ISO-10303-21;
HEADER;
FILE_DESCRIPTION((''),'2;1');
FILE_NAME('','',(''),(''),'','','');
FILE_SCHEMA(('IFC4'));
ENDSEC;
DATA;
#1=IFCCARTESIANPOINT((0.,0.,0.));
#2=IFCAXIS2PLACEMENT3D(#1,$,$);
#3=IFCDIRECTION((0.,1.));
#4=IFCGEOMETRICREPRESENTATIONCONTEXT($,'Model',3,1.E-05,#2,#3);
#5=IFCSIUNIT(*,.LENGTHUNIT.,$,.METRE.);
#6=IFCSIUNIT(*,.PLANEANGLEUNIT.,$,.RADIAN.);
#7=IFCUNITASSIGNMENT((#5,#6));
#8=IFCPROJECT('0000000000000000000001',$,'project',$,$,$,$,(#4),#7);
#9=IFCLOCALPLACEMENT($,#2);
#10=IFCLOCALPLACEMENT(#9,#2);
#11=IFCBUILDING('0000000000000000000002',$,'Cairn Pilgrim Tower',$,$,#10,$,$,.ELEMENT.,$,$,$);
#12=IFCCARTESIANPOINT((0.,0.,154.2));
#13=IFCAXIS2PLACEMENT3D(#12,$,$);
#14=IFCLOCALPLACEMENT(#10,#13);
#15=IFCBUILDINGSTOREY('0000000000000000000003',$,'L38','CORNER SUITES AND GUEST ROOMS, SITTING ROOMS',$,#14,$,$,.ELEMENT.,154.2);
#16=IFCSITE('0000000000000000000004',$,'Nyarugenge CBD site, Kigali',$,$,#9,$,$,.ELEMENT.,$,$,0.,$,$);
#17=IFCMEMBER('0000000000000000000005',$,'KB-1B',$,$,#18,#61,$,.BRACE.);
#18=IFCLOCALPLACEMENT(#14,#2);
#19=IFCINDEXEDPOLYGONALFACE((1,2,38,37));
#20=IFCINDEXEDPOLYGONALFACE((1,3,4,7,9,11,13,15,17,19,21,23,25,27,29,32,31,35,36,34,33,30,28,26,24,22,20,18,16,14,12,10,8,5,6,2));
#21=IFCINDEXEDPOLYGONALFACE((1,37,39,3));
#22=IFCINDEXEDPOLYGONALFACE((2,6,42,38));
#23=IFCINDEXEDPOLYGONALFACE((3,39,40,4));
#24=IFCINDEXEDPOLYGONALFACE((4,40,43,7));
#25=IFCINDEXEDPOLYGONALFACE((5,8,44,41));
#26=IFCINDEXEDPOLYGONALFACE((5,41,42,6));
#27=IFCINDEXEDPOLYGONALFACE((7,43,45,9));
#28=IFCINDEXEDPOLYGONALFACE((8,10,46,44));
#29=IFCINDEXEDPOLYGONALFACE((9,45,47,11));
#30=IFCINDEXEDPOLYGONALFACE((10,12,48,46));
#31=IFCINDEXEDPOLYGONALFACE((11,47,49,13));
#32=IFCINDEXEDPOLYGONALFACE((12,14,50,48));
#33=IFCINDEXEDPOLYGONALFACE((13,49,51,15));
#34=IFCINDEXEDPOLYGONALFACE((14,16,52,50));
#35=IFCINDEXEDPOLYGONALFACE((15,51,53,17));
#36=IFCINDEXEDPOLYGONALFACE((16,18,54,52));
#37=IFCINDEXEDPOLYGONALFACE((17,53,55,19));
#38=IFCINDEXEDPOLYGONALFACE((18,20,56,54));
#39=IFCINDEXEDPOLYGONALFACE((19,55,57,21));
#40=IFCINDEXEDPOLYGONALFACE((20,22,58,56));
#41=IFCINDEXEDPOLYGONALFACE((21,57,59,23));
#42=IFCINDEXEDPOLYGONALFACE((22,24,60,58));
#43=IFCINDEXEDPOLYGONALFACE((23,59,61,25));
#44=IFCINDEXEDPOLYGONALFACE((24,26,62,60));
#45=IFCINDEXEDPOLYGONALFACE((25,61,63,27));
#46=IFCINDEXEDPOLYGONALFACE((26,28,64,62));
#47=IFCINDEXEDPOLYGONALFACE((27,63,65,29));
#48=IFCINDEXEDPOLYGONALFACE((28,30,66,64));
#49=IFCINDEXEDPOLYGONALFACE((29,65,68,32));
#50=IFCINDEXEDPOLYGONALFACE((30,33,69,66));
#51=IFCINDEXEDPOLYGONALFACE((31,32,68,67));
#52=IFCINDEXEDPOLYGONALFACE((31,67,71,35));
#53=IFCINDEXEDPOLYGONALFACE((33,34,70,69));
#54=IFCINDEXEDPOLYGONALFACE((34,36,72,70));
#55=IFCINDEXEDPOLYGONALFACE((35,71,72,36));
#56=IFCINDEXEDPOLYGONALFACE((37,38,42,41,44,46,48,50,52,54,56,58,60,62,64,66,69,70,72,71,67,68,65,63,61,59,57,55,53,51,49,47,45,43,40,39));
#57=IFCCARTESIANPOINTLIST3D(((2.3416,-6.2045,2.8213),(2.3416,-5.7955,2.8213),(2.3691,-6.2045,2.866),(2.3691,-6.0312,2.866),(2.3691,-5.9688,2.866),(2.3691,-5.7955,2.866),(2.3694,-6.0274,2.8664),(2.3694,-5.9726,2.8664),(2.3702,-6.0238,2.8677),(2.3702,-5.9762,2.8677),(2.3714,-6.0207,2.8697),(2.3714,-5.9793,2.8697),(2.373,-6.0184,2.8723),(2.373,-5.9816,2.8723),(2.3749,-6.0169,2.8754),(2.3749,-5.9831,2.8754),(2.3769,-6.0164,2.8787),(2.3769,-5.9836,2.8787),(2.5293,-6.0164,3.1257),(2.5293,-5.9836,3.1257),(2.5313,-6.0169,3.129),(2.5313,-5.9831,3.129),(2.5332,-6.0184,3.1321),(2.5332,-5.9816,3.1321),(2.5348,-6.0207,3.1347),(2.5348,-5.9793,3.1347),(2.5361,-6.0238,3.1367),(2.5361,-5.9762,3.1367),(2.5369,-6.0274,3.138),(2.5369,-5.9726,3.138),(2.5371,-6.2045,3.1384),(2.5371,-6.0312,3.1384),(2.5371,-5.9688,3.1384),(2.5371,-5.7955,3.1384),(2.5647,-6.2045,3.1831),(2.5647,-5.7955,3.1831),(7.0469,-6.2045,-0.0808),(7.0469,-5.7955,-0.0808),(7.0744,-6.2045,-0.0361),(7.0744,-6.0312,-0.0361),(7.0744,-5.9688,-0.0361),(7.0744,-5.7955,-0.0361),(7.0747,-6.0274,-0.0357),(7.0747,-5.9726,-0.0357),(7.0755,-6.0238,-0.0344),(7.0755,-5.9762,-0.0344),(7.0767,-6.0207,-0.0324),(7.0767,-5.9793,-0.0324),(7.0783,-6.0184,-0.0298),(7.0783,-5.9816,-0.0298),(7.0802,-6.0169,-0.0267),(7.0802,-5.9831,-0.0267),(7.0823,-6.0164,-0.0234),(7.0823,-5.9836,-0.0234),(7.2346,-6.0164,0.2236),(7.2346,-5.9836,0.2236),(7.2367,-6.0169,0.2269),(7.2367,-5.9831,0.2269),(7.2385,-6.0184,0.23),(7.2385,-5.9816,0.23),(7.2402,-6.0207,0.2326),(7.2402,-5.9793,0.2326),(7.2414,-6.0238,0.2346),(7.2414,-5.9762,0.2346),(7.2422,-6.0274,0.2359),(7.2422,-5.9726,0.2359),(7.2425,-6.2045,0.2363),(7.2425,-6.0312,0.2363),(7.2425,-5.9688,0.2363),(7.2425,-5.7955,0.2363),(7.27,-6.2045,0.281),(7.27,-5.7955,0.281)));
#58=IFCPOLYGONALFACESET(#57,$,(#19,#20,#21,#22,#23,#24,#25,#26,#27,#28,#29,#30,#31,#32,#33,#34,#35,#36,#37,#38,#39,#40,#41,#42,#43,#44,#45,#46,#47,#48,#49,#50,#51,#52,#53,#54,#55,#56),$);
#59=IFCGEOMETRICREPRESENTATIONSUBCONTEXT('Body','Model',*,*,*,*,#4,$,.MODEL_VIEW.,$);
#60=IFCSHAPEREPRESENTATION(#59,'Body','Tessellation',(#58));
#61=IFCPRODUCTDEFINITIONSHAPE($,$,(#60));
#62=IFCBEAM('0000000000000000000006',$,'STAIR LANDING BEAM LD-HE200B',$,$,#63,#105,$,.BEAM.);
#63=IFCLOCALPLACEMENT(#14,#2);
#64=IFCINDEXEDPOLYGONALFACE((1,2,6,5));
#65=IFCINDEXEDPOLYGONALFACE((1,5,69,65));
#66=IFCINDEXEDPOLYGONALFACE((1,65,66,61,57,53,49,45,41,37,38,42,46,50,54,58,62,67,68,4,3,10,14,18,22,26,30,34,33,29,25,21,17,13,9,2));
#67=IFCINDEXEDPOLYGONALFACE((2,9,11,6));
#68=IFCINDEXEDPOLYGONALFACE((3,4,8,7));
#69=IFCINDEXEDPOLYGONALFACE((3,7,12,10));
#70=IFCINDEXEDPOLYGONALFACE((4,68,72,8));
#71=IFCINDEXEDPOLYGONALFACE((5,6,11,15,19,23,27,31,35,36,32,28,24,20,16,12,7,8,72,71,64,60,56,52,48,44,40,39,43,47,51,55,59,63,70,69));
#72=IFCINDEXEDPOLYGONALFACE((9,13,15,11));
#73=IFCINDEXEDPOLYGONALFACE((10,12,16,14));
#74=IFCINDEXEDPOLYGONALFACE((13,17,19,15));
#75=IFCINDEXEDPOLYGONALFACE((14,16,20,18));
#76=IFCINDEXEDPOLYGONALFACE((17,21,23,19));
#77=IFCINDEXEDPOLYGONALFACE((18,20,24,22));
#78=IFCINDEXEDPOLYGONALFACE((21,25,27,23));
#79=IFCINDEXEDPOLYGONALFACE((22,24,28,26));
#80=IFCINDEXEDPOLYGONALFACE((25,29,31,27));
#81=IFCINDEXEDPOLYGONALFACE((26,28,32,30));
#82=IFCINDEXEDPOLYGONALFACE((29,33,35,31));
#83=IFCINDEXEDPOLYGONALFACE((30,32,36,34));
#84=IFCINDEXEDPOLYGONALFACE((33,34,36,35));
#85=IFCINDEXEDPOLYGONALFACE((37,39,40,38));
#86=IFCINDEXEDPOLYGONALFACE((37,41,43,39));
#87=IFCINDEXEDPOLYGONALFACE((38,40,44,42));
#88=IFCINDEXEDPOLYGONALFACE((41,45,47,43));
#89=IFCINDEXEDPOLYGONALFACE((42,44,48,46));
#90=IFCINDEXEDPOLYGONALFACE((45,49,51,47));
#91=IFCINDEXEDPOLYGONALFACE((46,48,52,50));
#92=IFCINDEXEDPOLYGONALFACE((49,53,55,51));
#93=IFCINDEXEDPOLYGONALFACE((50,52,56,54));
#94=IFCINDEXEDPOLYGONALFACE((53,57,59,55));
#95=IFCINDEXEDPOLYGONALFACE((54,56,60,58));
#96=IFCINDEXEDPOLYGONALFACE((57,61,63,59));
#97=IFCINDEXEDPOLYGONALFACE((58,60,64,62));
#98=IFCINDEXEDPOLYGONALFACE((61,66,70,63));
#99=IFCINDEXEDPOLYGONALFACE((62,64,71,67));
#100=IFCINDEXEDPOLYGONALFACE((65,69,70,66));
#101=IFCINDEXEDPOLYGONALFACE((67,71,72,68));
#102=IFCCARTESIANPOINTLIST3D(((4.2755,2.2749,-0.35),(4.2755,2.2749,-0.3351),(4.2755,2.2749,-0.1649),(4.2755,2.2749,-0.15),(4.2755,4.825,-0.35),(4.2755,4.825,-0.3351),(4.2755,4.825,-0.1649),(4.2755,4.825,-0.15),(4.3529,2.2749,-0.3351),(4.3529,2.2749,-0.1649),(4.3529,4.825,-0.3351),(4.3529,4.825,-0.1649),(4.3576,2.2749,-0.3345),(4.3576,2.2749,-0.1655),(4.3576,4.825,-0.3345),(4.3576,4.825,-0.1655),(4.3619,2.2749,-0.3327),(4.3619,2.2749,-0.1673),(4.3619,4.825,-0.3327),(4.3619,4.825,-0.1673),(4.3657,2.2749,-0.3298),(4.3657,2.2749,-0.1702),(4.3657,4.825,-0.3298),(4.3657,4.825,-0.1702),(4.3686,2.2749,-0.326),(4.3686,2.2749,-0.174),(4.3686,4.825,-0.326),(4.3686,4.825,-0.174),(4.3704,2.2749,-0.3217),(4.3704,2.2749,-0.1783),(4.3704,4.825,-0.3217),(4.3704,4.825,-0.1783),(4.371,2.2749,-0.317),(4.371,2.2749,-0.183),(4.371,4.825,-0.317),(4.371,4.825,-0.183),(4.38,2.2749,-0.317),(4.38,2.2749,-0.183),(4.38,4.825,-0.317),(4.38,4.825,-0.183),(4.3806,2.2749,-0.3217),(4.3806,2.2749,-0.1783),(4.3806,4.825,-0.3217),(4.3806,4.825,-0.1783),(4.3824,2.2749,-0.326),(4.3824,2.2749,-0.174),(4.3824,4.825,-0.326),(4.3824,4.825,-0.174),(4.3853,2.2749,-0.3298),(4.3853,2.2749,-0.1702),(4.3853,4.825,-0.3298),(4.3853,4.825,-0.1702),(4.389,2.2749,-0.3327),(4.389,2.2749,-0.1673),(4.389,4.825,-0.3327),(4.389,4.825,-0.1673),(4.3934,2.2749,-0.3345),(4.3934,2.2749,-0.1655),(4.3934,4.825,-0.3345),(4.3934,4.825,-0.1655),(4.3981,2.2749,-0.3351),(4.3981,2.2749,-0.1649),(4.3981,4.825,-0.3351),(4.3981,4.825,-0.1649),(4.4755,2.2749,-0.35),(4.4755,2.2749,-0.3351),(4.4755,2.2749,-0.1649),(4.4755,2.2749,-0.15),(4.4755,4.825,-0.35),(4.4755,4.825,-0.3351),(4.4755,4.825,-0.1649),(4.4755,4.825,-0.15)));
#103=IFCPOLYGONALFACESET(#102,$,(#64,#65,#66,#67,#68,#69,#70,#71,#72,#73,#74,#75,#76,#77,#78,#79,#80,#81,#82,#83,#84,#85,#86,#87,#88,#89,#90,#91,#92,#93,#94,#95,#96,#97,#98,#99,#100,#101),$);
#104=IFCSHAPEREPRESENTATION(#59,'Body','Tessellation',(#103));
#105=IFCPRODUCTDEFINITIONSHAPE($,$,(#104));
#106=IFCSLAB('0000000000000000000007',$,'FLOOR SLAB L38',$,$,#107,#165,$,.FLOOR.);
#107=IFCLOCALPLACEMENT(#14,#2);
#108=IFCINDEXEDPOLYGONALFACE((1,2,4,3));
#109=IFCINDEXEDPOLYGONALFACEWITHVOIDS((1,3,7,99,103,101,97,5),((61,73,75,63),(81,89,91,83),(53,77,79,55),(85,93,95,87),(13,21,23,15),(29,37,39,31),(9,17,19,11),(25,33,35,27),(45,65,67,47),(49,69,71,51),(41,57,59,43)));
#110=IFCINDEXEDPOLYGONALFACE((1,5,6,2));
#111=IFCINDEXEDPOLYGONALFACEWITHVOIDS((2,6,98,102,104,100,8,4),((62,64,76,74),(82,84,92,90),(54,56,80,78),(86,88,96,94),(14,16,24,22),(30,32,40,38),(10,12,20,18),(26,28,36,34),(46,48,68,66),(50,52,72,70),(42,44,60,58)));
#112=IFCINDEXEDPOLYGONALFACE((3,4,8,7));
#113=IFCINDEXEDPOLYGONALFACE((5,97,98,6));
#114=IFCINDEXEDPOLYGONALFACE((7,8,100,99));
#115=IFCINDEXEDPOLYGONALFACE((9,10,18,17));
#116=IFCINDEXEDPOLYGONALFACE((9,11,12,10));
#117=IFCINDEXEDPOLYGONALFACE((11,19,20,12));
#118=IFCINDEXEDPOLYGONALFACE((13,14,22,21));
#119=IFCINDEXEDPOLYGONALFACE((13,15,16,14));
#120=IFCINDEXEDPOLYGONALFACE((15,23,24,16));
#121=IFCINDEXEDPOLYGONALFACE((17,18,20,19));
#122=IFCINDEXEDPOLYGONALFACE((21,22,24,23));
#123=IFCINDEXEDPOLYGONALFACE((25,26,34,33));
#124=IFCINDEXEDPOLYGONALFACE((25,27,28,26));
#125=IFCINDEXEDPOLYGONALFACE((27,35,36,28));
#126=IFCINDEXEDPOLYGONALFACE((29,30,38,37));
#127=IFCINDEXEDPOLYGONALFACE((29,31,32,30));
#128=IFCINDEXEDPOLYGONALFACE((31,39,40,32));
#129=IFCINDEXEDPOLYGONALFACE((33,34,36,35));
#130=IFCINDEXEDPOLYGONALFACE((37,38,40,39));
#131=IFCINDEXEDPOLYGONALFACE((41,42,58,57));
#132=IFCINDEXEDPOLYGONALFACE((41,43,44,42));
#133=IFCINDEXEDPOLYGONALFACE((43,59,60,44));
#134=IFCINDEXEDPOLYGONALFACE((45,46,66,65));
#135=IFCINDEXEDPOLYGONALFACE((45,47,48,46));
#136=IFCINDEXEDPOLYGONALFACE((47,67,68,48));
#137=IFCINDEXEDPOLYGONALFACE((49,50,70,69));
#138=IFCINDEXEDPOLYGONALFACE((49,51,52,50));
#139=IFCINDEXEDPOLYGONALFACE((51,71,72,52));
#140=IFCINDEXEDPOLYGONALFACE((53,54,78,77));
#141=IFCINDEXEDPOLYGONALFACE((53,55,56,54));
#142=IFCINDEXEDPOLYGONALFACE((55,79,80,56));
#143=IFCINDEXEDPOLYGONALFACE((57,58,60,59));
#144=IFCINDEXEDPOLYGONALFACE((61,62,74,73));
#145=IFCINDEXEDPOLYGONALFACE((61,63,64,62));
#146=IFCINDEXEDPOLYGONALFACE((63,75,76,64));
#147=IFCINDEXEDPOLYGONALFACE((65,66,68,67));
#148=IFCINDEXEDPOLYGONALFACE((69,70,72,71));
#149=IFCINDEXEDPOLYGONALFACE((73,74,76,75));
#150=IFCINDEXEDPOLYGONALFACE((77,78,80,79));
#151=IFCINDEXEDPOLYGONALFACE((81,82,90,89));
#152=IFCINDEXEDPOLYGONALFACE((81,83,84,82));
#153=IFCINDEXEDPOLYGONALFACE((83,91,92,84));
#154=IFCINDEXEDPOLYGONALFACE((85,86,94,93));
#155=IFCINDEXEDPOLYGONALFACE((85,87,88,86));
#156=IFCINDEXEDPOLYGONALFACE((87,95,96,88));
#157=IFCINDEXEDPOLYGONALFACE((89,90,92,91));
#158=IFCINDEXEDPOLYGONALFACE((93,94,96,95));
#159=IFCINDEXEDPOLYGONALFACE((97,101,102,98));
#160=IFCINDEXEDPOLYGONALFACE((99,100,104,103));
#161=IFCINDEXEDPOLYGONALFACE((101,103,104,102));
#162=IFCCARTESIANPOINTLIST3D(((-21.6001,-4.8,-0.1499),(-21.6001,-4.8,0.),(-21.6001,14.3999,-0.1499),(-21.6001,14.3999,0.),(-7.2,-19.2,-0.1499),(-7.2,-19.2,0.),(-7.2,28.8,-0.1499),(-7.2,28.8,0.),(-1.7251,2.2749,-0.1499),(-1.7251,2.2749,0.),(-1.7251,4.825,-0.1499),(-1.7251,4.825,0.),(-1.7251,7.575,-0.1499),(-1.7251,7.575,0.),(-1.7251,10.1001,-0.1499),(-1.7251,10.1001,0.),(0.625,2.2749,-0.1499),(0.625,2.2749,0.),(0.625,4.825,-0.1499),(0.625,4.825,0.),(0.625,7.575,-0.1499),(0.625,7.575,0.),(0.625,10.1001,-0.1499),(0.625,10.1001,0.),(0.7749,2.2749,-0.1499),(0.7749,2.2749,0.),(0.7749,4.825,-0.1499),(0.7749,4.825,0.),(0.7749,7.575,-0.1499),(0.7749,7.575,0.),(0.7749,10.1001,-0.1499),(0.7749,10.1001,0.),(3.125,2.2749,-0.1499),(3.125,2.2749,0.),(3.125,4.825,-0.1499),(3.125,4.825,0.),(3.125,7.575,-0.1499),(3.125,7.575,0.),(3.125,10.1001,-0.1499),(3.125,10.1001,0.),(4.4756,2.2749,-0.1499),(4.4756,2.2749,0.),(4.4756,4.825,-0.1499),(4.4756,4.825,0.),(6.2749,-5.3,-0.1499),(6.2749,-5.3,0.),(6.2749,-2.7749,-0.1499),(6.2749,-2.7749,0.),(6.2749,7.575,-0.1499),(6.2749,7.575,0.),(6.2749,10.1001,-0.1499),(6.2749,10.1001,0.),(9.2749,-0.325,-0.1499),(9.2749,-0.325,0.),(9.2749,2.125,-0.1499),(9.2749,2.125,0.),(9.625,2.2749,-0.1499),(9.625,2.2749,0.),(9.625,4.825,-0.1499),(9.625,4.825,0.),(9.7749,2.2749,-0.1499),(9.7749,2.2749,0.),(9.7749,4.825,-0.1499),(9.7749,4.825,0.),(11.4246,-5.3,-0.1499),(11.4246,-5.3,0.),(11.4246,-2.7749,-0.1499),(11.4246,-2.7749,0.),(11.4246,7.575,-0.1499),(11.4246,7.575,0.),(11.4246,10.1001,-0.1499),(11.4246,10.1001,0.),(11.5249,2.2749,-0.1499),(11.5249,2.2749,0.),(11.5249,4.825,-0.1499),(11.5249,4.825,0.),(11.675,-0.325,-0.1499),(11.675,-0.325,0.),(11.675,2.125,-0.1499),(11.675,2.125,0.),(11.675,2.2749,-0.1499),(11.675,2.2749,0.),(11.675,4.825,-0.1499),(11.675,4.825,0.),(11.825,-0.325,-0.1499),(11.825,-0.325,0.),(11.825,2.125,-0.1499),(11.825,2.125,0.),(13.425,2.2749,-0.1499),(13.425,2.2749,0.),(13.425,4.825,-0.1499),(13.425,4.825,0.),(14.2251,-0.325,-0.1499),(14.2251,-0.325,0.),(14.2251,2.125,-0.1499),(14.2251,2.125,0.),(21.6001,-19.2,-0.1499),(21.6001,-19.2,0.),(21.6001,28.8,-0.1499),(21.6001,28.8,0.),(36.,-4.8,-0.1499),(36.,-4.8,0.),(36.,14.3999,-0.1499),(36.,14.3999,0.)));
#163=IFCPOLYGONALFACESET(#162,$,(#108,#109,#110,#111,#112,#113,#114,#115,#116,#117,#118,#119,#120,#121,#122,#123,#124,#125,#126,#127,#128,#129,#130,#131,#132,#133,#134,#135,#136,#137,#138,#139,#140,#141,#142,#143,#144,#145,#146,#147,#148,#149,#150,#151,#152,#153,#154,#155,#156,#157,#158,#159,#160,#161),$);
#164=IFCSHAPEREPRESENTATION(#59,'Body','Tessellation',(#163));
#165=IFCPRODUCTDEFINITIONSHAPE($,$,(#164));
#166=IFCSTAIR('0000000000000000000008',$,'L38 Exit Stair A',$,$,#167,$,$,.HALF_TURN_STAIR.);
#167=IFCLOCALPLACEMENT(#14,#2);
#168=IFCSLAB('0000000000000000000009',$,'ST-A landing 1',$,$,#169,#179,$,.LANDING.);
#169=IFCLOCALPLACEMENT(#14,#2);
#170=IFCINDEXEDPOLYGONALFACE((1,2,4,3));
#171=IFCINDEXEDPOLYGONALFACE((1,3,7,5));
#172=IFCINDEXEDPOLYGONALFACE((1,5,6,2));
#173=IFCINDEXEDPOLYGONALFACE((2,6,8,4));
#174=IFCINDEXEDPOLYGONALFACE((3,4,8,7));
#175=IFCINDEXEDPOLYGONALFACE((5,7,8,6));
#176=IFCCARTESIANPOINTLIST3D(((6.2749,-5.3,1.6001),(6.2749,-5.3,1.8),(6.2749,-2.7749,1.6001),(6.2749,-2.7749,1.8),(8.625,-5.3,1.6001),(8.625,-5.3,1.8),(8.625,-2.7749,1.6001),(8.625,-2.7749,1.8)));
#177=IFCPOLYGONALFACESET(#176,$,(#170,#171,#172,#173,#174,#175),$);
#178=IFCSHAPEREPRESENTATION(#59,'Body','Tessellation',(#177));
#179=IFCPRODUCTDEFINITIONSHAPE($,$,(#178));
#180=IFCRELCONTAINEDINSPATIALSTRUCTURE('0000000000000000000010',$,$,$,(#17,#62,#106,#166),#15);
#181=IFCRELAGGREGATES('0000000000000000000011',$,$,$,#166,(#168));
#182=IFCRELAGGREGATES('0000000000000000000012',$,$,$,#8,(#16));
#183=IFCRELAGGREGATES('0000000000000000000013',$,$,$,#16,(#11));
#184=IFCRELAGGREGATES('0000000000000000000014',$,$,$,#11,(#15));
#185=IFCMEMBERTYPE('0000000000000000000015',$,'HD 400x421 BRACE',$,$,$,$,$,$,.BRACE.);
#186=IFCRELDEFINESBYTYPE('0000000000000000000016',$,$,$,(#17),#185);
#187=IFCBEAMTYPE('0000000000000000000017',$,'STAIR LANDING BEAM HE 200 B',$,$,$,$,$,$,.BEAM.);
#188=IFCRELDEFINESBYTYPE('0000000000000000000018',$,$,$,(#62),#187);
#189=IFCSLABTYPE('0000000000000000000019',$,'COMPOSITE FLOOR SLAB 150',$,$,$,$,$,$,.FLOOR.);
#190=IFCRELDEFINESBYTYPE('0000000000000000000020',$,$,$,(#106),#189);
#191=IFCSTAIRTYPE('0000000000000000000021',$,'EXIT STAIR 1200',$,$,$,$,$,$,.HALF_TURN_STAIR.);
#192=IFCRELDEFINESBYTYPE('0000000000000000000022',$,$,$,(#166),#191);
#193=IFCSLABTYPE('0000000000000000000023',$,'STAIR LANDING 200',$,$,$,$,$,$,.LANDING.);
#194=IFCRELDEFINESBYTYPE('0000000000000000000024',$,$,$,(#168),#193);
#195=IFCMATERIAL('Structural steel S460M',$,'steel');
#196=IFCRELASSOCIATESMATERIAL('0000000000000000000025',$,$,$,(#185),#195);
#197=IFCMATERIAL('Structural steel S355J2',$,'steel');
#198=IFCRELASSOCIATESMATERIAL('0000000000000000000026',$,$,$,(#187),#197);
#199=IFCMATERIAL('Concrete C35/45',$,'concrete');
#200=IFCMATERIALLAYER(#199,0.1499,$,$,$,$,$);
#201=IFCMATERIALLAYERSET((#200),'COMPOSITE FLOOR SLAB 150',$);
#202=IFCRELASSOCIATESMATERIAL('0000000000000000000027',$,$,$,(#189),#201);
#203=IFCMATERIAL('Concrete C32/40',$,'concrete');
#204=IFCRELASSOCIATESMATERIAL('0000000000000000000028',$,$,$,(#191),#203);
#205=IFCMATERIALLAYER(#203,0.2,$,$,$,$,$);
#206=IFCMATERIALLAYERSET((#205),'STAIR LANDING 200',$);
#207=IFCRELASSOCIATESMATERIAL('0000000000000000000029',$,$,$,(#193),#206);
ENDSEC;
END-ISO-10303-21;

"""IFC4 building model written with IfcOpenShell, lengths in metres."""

from ifc_helpers import new_model, si_unit, direction, frame, origin, origin_2d, place, context, subcontext, project, spatial, polyline, i_section, outline, extrude, material, layer, layer_set, material_profile, profile_set, type_object, element, aggregate, save


model = new_model("IFC4")

# Units and contexts
model_context = context("Model", 3, precision=1e-05, world=origin(), true_north=direction((0.0, 1.0)))
body_context = subcontext(model_context, "Body", "Model", "MODEL_VIEW")
ifc_project = project(units=[si_unit("LENGTHUNIT", "METRE"), si_unit("PLANEANGLEUNIT", "RADIAN")], contexts=[model_context])

# Site, building, storey
site_placement = place(None, origin())
site = spatial("IfcSite", under=ifc_project, at=site_placement, Name="Nyarugenge CBD site, Kigali", CompositionType="ELEMENT", RefElevation=0.0)
building_placement = place(site_placement, origin())
building = spatial("IfcBuilding", under=site, at=building_placement, Name="Cairn Pilgrim Tower", CompositionType="ELEMENT")
storey_placement = place(building_placement, frame((0.0, 0.0, 154.2)))
storey = spatial("IfcBuildingStorey", under=building, at=storey_placement, Name="L38", Description="CORNER SUITES AND GUEST ROOMS, SITTING ROOMS", CompositionType="ELEMENT", Elevation=154.2)

# Member
ifc_material_1 = material(Name="Structural steel S460M", Category="steel")
ifc_material_profile_1 = material_profile(ifc_material_1, i_section(OverallWidth=0.4089, OverallDepth=0.425, WebThickness=0.0327, FlangeThickness=0.0525, FilletRadius=0.0149, at=origin_2d()), Name="HD 400x421")
ifc_profile_set_1 = profile_set([ifc_material_profile_1], Name="Structural steel S460M")
member_type = type_object("IfcMemberType", Name="HD 400x421 BRACE", PredefinedType="BRACE", material=ifc_profile_set_1)
member_placement = place(storey_placement, frame((7.1584, -6.0, 0.1001), z_axis=(-0.851132, 0.0, 0.524952), x_axis=(0.0, -1.0, 0.0)))
element("IfcMember", 1, at=member_placement, inside=storey, type_object=member_type, Name="KB-1B", PredefinedType="BRACE", context=body_context, shape_type="SweptSolid", body=[
    extrude(i_section(OverallWidth=0.4089, OverallDepth=0.425, WebThickness=0.0327, FlangeThickness=0.0525, FilletRadius=0.0149, at=origin_2d()), origin(), (0.0, 0.0, 1.0), 5.5283),
])

# Beam
ifc_material_2 = material(Name="Structural steel S355J2", Category="steel")
ifc_material_profile_2 = material_profile(ifc_material_2, i_section(OverallWidth=0.2, OverallDepth=0.2, WebThickness=0.009, FlangeThickness=0.0149, FilletRadius=0.0181, at=origin_2d()), Name="HE 200 B")
ifc_profile_set_2 = profile_set([ifc_material_profile_2], Name="Structural steel S355J2")
beam_type = type_object("IfcBeamType", Name="STAIR LANDING BEAM HE 200 B", PredefinedType="BEAM", material=ifc_profile_set_2)
beam_placement = place(storey_placement, frame((4.3755, 2.2749, -0.25), z_axis=(0.0, 1.0, 0.0), x_axis=(-1.0, 0.0, 0.0)))
element("IfcBeam", 2, at=beam_placement, inside=storey, type_object=beam_type, Name="STAIR LANDING BEAM LD-HE200B", PredefinedType="BEAM", context=body_context, shape_type="SweptSolid", body=[
    extrude(i_section(OverallWidth=0.2, OverallDepth=0.2, WebThickness=0.009, FlangeThickness=0.0149, FilletRadius=0.0181, at=origin_2d()), origin(), (0.0, 0.0, 1.0), 2.55),
])

# Slab
ifc_material_3 = material(Name="Concrete C35/45", Category="concrete")
ifc_layer_1 = layer(ifc_material_3, 0.1499)
ifc_layer_set_1 = layer_set([ifc_layer_1], Name="COMPOSITE FLOOR SLAB 150")
slab_type_1 = type_object("IfcSlabType", Name="COMPOSITE FLOOR SLAB 150", PredefinedType="FLOOR", material=ifc_layer_set_1)
slab_1_placement = place(storey_placement, frame((0.0, 0.0, -0.1499)))
element("IfcSlab", 3, at=slab_1_placement, inside=storey, type_object=slab_type_1, Name="FLOOR SLAB L38", PredefinedType="FLOOR", context=body_context, shape_type="SweptSolid", body=[
    extrude(outline(polyline([(-7.2, -19.2), (21.6001, -19.2), (36.0, -4.8), (36.0, 14.3999), (21.6001, 28.8), (-7.2, 28.8), (-21.6001, 14.3999), (-21.6001, -4.8), (-7.2, -19.2)]), holes=[polyline([(9.2749, -0.325), (11.675, -0.325), (11.675, 2.125), (9.2749, 2.125), (9.2749, -0.325)]), polyline([(11.825, -0.325), (14.2251, -0.325), (14.2251, 2.125), (11.825, 2.125), (11.825, -0.325)]), polyline([(-1.7251, 2.2749), (0.625, 2.2749), (0.625, 4.825), (-1.7251, 4.825), (-1.7251, 2.2749)]), polyline([(0.7749, 2.2749), (3.125, 2.2749), (3.125, 4.825), (0.7749, 4.825), (0.7749, 2.2749)]), polyline([(-1.7251, 7.575), (0.625, 7.575), (0.625, 10.1001), (-1.7251, 10.1001), (-1.7251, 7.575)]), polyline([(0.7749, 7.575), (3.125, 7.575), (3.125, 10.1001), (0.7749, 10.1001), (0.7749, 7.575)]), polyline([(9.7749, 2.2749), (11.5249, 2.2749), (11.5249, 4.825), (9.7749, 4.825), (9.7749, 2.2749)]), polyline([(11.675, 2.2749), (13.425, 2.2749), (13.425, 4.825), (11.675, 4.825), (11.675, 2.2749)]), polyline([(11.4246, -2.7749), (6.2749, -2.7749), (6.2749, -5.3), (11.4246, -5.3), (11.4246, -2.7749)]), polyline([(4.4756, 2.2749), (9.625, 2.2749), (9.625, 4.825), (4.4756, 4.825), (4.4756, 2.2749)]), polyline([(11.4246, 10.1001), (6.2749, 10.1001), (6.2749, 7.575), (11.4246, 7.575), (11.4246, 10.1001)])]), origin(), (0.0, 0.0, 1.0), 0.1499),
])

# Stair, slab
ifc_material_4 = material(Name="Concrete C32/40", Category="concrete")
stair_type = type_object("IfcStairType", Name="EXIT STAIR 1200", PredefinedType="HALF_TURN_STAIR", material=ifc_material_4)
stair_1_placement = place(storey_placement, origin())
stair_1 = element("IfcStair", 4, at=stair_1_placement, inside=storey, type_object=stair_type, Name="L38 Exit Stair A", PredefinedType="HALF_TURN_STAIR")
ifc_layer_2 = layer(ifc_material_4, 0.2)
ifc_layer_set_2 = layer_set([ifc_layer_2], Name="STAIR LANDING 200")
slab_type_2 = type_object("IfcSlabType", Name="STAIR LANDING 200", PredefinedType="LANDING", material=ifc_layer_set_2)
slab_2_placement = place(storey_placement, frame((0.0, 0.0, 1.6001)))
slab_2 = element("IfcSlab", 5, at=slab_2_placement, type_object=slab_type_2, Name="ST-A landing 1", PredefinedType="LANDING", context=body_context, shape_type="SweptSolid", body=[
    extrude(outline(polyline([(8.625, -2.7749), (6.2749, -2.7749), (6.2749, -5.3), (8.625, -5.3), (8.625, -2.7749)])), origin(), (0.0, 0.0, 1.0), 0.2),
])
aggregate(stair_1, [slab_2])

save(model, "model.ifc")
